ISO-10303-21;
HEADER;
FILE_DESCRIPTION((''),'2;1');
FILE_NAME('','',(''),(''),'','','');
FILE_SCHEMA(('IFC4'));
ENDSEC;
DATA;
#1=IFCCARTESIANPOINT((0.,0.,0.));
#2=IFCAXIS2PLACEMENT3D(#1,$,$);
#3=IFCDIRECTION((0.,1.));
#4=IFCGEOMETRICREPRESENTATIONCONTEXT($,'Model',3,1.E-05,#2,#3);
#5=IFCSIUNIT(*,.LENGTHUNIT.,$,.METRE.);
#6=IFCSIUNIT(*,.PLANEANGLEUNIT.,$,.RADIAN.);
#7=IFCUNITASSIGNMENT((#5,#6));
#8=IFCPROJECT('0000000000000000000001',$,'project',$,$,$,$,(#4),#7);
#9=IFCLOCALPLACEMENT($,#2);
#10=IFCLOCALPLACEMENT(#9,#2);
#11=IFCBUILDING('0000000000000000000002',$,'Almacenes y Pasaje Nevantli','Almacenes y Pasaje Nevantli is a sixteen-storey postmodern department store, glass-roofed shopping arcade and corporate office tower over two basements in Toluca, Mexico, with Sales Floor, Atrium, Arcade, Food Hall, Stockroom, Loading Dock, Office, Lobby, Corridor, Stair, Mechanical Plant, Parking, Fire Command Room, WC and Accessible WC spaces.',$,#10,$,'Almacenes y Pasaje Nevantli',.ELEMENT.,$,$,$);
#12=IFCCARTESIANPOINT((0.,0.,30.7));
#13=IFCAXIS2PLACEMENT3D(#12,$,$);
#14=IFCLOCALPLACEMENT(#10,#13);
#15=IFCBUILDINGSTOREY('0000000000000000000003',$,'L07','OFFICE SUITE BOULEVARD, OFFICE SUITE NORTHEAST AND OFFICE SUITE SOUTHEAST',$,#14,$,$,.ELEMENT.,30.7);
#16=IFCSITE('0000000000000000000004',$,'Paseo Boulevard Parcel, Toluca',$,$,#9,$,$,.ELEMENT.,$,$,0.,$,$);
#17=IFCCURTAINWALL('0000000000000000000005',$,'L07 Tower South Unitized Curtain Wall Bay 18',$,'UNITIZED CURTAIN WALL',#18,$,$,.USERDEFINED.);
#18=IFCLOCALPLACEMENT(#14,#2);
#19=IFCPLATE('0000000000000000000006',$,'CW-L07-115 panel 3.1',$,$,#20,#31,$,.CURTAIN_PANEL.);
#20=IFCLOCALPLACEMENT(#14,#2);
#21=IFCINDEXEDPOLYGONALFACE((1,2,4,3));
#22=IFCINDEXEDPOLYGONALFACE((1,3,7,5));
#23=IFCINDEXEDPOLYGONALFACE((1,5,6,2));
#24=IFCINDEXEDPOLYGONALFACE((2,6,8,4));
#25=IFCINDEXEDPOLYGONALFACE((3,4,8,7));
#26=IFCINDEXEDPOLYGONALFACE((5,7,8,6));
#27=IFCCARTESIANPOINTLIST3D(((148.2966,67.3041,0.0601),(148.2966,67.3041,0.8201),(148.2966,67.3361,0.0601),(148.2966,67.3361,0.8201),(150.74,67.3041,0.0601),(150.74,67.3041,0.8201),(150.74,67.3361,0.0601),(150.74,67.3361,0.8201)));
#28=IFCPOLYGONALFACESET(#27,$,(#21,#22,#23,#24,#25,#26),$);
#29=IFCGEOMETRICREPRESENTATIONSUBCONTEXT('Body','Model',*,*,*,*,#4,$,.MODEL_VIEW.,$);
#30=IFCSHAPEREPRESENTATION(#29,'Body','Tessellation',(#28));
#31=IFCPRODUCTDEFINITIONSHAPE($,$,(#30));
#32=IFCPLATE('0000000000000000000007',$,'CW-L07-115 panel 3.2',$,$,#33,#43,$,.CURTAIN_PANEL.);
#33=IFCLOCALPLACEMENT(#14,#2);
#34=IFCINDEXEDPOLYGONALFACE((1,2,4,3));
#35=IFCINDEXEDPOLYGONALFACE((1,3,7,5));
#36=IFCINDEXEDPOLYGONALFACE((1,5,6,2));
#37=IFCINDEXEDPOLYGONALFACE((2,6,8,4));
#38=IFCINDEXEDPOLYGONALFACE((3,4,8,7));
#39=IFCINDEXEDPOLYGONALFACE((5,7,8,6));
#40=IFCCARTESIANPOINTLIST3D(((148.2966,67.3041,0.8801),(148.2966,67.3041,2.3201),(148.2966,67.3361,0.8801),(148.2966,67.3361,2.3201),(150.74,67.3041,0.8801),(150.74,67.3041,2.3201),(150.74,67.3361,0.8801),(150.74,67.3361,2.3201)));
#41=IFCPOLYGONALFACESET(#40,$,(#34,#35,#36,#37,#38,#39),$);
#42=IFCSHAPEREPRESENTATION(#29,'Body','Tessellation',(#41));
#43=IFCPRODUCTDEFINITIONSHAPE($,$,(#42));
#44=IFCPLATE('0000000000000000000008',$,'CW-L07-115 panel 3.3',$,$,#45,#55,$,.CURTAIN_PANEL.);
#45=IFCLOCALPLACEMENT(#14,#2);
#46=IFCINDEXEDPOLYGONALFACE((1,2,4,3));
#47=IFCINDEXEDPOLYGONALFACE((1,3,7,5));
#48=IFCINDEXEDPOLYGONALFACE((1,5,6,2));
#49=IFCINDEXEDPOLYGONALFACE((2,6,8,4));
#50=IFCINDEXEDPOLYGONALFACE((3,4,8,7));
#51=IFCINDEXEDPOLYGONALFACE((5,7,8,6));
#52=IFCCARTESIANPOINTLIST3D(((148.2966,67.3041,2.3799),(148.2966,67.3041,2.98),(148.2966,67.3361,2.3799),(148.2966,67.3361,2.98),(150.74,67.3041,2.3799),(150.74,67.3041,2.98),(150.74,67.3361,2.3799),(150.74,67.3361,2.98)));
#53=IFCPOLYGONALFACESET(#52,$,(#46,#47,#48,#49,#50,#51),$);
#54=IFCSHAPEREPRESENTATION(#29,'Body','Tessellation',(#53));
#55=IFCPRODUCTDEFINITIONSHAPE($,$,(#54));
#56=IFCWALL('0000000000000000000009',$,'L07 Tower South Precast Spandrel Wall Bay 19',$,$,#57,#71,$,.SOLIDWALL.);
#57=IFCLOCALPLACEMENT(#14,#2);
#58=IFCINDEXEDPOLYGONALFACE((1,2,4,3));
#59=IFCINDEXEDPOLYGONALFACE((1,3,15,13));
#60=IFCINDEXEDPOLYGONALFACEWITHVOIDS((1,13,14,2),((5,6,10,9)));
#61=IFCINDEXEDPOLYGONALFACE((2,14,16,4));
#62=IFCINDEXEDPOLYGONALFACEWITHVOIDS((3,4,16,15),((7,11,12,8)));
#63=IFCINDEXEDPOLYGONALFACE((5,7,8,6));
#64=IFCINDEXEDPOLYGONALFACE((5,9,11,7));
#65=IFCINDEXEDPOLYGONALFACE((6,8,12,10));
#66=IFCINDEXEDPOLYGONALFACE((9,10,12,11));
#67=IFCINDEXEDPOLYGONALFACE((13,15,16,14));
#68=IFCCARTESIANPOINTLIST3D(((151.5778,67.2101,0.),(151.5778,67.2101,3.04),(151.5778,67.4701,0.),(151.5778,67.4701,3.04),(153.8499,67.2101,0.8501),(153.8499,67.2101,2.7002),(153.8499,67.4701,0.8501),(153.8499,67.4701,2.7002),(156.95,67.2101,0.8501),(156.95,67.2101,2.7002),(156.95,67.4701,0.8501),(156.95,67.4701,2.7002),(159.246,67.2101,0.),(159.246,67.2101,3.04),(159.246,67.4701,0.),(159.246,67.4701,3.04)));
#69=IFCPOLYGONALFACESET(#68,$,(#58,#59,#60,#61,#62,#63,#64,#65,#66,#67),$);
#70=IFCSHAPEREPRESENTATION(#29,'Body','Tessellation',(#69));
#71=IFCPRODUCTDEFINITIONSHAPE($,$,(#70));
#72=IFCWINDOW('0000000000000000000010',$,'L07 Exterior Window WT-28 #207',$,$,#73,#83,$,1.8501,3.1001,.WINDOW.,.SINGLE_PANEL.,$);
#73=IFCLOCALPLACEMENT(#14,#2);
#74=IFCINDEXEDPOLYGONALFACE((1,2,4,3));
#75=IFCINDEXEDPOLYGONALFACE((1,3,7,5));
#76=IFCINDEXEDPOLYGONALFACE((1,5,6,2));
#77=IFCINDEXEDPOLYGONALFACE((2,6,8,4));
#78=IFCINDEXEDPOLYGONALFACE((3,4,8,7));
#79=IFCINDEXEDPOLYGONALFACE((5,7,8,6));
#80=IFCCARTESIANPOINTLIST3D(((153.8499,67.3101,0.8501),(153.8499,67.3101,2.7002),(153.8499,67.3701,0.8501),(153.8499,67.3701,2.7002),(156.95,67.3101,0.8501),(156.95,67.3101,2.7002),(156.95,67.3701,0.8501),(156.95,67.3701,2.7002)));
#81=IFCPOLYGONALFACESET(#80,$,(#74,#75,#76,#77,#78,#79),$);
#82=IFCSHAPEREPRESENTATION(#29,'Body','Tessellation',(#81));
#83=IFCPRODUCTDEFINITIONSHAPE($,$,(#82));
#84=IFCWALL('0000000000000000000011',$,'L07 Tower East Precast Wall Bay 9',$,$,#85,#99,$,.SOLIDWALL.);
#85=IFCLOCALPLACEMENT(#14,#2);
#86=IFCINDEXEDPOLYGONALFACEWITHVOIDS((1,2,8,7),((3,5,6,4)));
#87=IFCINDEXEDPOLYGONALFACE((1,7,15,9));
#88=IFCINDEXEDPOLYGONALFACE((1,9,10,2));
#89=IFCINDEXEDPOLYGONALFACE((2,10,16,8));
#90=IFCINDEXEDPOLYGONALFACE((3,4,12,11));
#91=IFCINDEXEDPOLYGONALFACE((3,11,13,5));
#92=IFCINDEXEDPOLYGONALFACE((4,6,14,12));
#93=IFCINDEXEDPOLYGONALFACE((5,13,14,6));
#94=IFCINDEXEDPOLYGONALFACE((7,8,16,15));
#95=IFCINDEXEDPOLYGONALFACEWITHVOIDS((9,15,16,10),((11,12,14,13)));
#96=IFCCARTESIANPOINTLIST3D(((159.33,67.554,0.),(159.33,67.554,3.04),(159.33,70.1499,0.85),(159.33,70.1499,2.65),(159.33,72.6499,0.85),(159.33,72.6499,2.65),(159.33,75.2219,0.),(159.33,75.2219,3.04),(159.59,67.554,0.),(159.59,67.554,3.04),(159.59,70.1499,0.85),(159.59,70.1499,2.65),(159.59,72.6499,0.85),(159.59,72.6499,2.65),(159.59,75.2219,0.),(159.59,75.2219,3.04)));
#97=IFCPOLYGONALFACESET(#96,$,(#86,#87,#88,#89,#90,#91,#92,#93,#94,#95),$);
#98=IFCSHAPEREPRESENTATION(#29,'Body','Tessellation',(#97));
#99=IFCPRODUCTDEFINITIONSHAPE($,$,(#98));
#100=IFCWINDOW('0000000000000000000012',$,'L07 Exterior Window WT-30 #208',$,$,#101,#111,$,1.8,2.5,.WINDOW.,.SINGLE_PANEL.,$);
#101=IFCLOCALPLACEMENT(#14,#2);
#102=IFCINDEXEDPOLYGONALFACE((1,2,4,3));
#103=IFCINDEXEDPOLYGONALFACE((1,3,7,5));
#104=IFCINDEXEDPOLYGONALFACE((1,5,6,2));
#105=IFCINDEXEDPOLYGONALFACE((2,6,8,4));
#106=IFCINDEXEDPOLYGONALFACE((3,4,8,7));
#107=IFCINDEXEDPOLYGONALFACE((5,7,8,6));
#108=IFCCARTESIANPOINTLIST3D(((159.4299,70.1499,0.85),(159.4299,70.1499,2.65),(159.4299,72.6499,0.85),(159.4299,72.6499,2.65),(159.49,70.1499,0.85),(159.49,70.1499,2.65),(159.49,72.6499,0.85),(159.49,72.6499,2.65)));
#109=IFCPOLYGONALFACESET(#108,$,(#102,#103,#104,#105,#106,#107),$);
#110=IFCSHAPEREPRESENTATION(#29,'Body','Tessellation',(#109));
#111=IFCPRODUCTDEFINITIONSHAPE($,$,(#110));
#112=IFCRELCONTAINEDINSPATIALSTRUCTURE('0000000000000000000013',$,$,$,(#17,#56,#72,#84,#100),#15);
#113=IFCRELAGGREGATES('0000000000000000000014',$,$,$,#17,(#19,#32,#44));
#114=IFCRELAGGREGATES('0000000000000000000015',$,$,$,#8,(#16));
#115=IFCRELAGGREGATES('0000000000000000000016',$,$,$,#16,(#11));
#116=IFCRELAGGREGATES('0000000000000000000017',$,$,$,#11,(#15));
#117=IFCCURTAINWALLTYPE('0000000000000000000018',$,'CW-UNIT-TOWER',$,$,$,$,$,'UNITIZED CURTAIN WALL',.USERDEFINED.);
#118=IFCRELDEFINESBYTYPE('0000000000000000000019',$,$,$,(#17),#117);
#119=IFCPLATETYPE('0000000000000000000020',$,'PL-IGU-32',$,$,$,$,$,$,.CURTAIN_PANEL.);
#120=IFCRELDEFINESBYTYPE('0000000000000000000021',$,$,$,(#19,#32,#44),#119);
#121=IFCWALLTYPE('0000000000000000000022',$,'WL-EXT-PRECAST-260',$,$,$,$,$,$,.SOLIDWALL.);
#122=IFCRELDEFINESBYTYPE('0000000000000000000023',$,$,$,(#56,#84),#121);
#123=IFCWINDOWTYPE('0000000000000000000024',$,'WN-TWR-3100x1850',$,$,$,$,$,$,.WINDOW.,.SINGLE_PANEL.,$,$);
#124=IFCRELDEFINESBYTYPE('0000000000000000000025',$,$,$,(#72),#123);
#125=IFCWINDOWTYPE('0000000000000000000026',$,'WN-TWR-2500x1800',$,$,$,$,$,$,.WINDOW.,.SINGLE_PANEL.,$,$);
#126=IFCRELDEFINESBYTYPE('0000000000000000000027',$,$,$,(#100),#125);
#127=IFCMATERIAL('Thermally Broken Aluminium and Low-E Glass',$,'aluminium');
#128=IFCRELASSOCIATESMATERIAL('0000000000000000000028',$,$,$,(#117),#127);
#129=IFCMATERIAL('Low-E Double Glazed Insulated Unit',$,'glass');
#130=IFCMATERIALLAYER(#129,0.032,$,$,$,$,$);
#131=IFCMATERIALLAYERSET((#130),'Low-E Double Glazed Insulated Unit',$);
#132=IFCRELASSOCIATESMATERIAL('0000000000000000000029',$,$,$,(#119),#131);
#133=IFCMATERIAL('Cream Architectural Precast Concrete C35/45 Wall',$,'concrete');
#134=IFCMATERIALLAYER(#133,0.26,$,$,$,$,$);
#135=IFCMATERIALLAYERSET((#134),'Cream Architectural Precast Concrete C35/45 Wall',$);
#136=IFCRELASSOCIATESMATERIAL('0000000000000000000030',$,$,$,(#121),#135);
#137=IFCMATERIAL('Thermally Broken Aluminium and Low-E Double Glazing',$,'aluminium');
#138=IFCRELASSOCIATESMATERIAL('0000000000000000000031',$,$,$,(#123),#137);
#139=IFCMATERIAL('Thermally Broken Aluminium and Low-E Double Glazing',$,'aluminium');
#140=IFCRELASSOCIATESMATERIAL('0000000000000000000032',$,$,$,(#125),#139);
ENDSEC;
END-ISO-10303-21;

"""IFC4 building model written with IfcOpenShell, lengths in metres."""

from ifc_helpers import new_model, si_unit, direction, frame, frame_2d, origin, origin_2d, place, context, subcontext, project, spatial, rectangle, extrude, material, layer, layer_set, type_object, element, fill, aggregate, save


model = new_model("IFC4")

# Units and contexts
model_context = context("Model", 3, precision=1e-05, world=origin(), true_north=direction((0.0, 1.0)))
body_context = subcontext(model_context, "Body", "Model", "MODEL_VIEW")
ifc_project = project(units=[si_unit("LENGTHUNIT", "METRE"), si_unit("PLANEANGLEUNIT", "RADIAN")], contexts=[model_context])

# Site, building, storey
site_placement = place(None, origin())
site = spatial("IfcSite", under=ifc_project, at=site_placement, Name="Paseo Boulevard Parcel, Toluca", CompositionType="ELEMENT", RefElevation=0.0)
building_placement = place(site_placement, origin())
building = spatial("IfcBuilding", under=site, at=building_placement, Name="Almacenes y Pasaje Nevantli", Description="Almacenes y Pasaje Nevantli is a sixteen-storey postmodern department store, glass-roofed shopping arcade and corporate office tower over two basements in Toluca, Mexico, with Sales Floor, Atrium, Arcade, Food Hall, Stockroom, Loading Dock, Office, Lobby, Corridor, Stair, Mechanical Plant, Parking, Fire Command Room, WC and Accessible WC spaces.", LongName="Almacenes y Pasaje Nevantli", CompositionType="ELEMENT")
storey_placement = place(building_placement, frame((0.0, 0.0, 30.7)))
storey = spatial("IfcBuildingStorey", under=building, at=storey_placement, Name="L07", Description="OFFICE SUITE BOULEVARD, OFFICE SUITE NORTHEAST AND OFFICE SUITE SOUTHEAST", CompositionType="ELEMENT", Elevation=30.7)

# Curtain wall
ifc_material_1 = material(Name="Thermally Broken Aluminium and Low-E Glass", Category="aluminium")
curtain_wall_type = type_object("IfcCurtainWallType", Name="CW-UNIT-TOWER", ElementType="UNITIZED CURTAIN WALL", PredefinedType="USERDEFINED", material=ifc_material_1)
curtain_wall_1_placement = place(storey_placement, origin())
curtain_wall_1 = element("IfcCurtainWall", 1, at=curtain_wall_1_placement, inside=storey, type_object=curtain_wall_type, Name="L07 Tower South Unitized Curtain Wall Bay 18", ObjectType="UNITIZED CURTAIN WALL", PredefinedType="USERDEFINED")

# Plates
ifc_material_2 = material(Name="Low-E Double Glazed Insulated Unit", Category="glass")
ifc_layer_1 = layer(ifc_material_2, 0.032)
ifc_layer_set_1 = layer_set([ifc_layer_1], Name="Low-E Double Glazed Insulated Unit")
plate_type = type_object("IfcPlateType", Name="PL-IGU-32", PredefinedType="CURTAIN_PANEL", material=ifc_layer_set_1)
plate_1_placement = place(storey_placement, frame((149.5183, 67.3201, 0.0601), z_axis=(0.0, 0.0, 1.0), x_axis=(1.0, 0.0, 0.0)))
plate_1 = element("IfcPlate", 2, at=plate_1_placement, type_object=plate_type, Name="CW-L07-115 panel 3.1", PredefinedType="CURTAIN_PANEL", context=body_context, shape_type="SweptSolid", body=[
    extrude(rectangle(XDim=2.4434, YDim=0.032, at=origin_2d()), origin(), (0.0, 0.0, 1.0), 0.76),
])
plate_2_placement = place(storey_placement, frame((149.5183, 67.3201, 0.8801), z_axis=(0.0, 0.0, 1.0), x_axis=(1.0, 0.0, 0.0)))
plate_2 = element("IfcPlate", 3, at=plate_2_placement, type_object=plate_type, Name="CW-L07-115 panel 3.2", PredefinedType="CURTAIN_PANEL", context=body_context, shape_type="SweptSolid", body=[
    extrude(rectangle(XDim=2.4434, YDim=0.032, at=origin_2d()), origin(), (0.0, 0.0, 1.0), 1.4399),
])
plate_3_placement = place(storey_placement, frame((149.5183, 67.3201, 2.3799), z_axis=(0.0, 0.0, 1.0), x_axis=(1.0, 0.0, 0.0)))
plate_3 = element("IfcPlate", 4, at=plate_3_placement, type_object=plate_type, Name="CW-L07-115 panel 3.3", PredefinedType="CURTAIN_PANEL", context=body_context, shape_type="SweptSolid", body=[
    extrude(rectangle(XDim=2.4434, YDim=0.032, at=origin_2d()), origin(), (0.0, 0.0, 1.0), 0.6001),
])
aggregate(curtain_wall_1, [plate_1, plate_2, plate_3])

# Walls, openings, windows
ifc_material_3 = material(Name="Cream Architectural Precast Concrete C35/45 Wall", Category="concrete")
ifc_layer_2 = layer(ifc_material_3, 0.26)
ifc_layer_set_2 = layer_set([ifc_layer_2], Name="Cream Architectural Precast Concrete C35/45 Wall")
wall_type = type_object("IfcWallType", Name="WL-EXT-PRECAST-260", PredefinedType="SOLIDWALL", material=ifc_layer_set_2)
wall_1_placement = place(storey_placement, frame((151.5779, 67.3401, 0.0), z_axis=(0.0, 0.0, 1.0), x_axis=(1.0, 0.0, 0.0)))
wall_1 = element("IfcWall", 5, at=wall_1_placement, inside=storey, type_object=wall_type, Name="L07 Tower South Precast Spandrel Wall Bay 19", PredefinedType="SOLIDWALL", context=body_context, shape_type="SweptSolid", body=[
    extrude(rectangle(XDim=7.6682, YDim=0.26, at=frame_2d((3.834, 0.0))), origin(), (0.0, 0.0, 1.0), 3.04),
])
opening_1_placement = place(wall_1_placement, frame((2.272, 0.0, 0.8501)))
opening_1 = element("IfcOpeningElement", 6, at=opening_1_placement, cuts=wall_1, PredefinedType="OPENING", context=body_context, shape_type="SweptSolid", body=[
    extrude(rectangle(XDim=3.1001, YDim=1.8501, at=frame_2d((1.55, 0.925))), frame((0.0, 0.1399, 0.0), z_axis=(0.0, -1.0, 0.0), x_axis=(1.0, 0.0, 0.0)), (0.0, 0.0, 1.0), 0.28),
])
ifc_material_4 = material(Name="Thermally Broken Aluminium and Low-E Double Glazing", Category="aluminium")
window_type_1 = type_object("IfcWindowType", Name="WN-TWR-3100x1850", PartitioningType="SINGLE_PANEL", PredefinedType="WINDOW", material=ifc_material_4)
window_1_placement = place(opening_1_placement, origin())
window_1 = element("IfcWindow", 7, at=window_1_placement, inside=storey, type_object=window_type_1, Name="L07 Exterior Window WT-28 #207", OverallHeight=1.8501, OverallWidth=3.1001, PartitioningType="SINGLE_PANEL", PredefinedType="WINDOW", context=body_context, shape_type="SweptSolid", body=[
    extrude(rectangle(XDim=3.1001, YDim=1.8501, at=frame_2d((1.55, 0.925))), frame((0.0, 0.03, 0.0), z_axis=(0.0, -1.0, 0.0), x_axis=(1.0, 0.0, 0.0)), (0.0, 0.0, 1.0), 0.0601),
])
fill(opening_1, window_1)
wall_2_placement = place(storey_placement, frame((159.46, 67.554, 0.0), z_axis=(0.0, 0.0, 1.0), x_axis=(0.0, 1.0, 0.0)))
wall_2 = element("IfcWall", 8, at=wall_2_placement, inside=storey, type_object=wall_type, Name="L07 Tower East Precast Wall Bay 9", PredefinedType="SOLIDWALL", context=body_context, shape_type="SweptSolid", body=[
    extrude(rectangle(XDim=7.668, YDim=0.26, at=frame_2d((3.834, 0.0))), origin(), (0.0, 0.0, 1.0), 3.04),
])
opening_2_placement = place(wall_2_placement, frame((2.5959, 0.0, 0.8501)))
opening_2 = element("IfcOpeningElement", 9, at=opening_2_placement, cuts=wall_2, PredefinedType="OPENING", context=body_context, shape_type="SweptSolid", body=[
    extrude(rectangle(XDim=2.5, YDim=1.8, at=frame_2d((1.25, 0.8999))), frame((0.0, 0.1399, 0.0), z_axis=(0.0, -1.0, 0.0), x_axis=(1.0, 0.0, 0.0)), (0.0, 0.0, 1.0), 0.28),
])
ifc_material_5 = material(Name="Thermally Broken Aluminium and Low-E Double Glazing", Category="aluminium")
window_type_2 = type_object("IfcWindowType", Name="WN-TWR-2500x1800", PartitioningType="SINGLE_PANEL", PredefinedType="WINDOW", material=ifc_material_5)
window_2_placement = place(opening_2_placement, origin())
window_2 = element("IfcWindow", 10, at=window_2_placement, inside=storey, type_object=window_type_2, Name="L07 Exterior Window WT-30 #208", OverallHeight=1.8, OverallWidth=2.5, PartitioningType="SINGLE_PANEL", PredefinedType="WINDOW", context=body_context, shape_type="SweptSolid", body=[
    extrude(rectangle(XDim=2.5, YDim=1.8, at=frame_2d((1.25, 0.8999))), frame((0.0, 0.03, 0.0), z_axis=(0.0, -1.0, 0.0), x_axis=(1.0, 0.0, 0.0)), (0.0, 0.0, 1.0), 0.0601),
])
fill(opening_2, window_2)

save(model, "model.ifc")
